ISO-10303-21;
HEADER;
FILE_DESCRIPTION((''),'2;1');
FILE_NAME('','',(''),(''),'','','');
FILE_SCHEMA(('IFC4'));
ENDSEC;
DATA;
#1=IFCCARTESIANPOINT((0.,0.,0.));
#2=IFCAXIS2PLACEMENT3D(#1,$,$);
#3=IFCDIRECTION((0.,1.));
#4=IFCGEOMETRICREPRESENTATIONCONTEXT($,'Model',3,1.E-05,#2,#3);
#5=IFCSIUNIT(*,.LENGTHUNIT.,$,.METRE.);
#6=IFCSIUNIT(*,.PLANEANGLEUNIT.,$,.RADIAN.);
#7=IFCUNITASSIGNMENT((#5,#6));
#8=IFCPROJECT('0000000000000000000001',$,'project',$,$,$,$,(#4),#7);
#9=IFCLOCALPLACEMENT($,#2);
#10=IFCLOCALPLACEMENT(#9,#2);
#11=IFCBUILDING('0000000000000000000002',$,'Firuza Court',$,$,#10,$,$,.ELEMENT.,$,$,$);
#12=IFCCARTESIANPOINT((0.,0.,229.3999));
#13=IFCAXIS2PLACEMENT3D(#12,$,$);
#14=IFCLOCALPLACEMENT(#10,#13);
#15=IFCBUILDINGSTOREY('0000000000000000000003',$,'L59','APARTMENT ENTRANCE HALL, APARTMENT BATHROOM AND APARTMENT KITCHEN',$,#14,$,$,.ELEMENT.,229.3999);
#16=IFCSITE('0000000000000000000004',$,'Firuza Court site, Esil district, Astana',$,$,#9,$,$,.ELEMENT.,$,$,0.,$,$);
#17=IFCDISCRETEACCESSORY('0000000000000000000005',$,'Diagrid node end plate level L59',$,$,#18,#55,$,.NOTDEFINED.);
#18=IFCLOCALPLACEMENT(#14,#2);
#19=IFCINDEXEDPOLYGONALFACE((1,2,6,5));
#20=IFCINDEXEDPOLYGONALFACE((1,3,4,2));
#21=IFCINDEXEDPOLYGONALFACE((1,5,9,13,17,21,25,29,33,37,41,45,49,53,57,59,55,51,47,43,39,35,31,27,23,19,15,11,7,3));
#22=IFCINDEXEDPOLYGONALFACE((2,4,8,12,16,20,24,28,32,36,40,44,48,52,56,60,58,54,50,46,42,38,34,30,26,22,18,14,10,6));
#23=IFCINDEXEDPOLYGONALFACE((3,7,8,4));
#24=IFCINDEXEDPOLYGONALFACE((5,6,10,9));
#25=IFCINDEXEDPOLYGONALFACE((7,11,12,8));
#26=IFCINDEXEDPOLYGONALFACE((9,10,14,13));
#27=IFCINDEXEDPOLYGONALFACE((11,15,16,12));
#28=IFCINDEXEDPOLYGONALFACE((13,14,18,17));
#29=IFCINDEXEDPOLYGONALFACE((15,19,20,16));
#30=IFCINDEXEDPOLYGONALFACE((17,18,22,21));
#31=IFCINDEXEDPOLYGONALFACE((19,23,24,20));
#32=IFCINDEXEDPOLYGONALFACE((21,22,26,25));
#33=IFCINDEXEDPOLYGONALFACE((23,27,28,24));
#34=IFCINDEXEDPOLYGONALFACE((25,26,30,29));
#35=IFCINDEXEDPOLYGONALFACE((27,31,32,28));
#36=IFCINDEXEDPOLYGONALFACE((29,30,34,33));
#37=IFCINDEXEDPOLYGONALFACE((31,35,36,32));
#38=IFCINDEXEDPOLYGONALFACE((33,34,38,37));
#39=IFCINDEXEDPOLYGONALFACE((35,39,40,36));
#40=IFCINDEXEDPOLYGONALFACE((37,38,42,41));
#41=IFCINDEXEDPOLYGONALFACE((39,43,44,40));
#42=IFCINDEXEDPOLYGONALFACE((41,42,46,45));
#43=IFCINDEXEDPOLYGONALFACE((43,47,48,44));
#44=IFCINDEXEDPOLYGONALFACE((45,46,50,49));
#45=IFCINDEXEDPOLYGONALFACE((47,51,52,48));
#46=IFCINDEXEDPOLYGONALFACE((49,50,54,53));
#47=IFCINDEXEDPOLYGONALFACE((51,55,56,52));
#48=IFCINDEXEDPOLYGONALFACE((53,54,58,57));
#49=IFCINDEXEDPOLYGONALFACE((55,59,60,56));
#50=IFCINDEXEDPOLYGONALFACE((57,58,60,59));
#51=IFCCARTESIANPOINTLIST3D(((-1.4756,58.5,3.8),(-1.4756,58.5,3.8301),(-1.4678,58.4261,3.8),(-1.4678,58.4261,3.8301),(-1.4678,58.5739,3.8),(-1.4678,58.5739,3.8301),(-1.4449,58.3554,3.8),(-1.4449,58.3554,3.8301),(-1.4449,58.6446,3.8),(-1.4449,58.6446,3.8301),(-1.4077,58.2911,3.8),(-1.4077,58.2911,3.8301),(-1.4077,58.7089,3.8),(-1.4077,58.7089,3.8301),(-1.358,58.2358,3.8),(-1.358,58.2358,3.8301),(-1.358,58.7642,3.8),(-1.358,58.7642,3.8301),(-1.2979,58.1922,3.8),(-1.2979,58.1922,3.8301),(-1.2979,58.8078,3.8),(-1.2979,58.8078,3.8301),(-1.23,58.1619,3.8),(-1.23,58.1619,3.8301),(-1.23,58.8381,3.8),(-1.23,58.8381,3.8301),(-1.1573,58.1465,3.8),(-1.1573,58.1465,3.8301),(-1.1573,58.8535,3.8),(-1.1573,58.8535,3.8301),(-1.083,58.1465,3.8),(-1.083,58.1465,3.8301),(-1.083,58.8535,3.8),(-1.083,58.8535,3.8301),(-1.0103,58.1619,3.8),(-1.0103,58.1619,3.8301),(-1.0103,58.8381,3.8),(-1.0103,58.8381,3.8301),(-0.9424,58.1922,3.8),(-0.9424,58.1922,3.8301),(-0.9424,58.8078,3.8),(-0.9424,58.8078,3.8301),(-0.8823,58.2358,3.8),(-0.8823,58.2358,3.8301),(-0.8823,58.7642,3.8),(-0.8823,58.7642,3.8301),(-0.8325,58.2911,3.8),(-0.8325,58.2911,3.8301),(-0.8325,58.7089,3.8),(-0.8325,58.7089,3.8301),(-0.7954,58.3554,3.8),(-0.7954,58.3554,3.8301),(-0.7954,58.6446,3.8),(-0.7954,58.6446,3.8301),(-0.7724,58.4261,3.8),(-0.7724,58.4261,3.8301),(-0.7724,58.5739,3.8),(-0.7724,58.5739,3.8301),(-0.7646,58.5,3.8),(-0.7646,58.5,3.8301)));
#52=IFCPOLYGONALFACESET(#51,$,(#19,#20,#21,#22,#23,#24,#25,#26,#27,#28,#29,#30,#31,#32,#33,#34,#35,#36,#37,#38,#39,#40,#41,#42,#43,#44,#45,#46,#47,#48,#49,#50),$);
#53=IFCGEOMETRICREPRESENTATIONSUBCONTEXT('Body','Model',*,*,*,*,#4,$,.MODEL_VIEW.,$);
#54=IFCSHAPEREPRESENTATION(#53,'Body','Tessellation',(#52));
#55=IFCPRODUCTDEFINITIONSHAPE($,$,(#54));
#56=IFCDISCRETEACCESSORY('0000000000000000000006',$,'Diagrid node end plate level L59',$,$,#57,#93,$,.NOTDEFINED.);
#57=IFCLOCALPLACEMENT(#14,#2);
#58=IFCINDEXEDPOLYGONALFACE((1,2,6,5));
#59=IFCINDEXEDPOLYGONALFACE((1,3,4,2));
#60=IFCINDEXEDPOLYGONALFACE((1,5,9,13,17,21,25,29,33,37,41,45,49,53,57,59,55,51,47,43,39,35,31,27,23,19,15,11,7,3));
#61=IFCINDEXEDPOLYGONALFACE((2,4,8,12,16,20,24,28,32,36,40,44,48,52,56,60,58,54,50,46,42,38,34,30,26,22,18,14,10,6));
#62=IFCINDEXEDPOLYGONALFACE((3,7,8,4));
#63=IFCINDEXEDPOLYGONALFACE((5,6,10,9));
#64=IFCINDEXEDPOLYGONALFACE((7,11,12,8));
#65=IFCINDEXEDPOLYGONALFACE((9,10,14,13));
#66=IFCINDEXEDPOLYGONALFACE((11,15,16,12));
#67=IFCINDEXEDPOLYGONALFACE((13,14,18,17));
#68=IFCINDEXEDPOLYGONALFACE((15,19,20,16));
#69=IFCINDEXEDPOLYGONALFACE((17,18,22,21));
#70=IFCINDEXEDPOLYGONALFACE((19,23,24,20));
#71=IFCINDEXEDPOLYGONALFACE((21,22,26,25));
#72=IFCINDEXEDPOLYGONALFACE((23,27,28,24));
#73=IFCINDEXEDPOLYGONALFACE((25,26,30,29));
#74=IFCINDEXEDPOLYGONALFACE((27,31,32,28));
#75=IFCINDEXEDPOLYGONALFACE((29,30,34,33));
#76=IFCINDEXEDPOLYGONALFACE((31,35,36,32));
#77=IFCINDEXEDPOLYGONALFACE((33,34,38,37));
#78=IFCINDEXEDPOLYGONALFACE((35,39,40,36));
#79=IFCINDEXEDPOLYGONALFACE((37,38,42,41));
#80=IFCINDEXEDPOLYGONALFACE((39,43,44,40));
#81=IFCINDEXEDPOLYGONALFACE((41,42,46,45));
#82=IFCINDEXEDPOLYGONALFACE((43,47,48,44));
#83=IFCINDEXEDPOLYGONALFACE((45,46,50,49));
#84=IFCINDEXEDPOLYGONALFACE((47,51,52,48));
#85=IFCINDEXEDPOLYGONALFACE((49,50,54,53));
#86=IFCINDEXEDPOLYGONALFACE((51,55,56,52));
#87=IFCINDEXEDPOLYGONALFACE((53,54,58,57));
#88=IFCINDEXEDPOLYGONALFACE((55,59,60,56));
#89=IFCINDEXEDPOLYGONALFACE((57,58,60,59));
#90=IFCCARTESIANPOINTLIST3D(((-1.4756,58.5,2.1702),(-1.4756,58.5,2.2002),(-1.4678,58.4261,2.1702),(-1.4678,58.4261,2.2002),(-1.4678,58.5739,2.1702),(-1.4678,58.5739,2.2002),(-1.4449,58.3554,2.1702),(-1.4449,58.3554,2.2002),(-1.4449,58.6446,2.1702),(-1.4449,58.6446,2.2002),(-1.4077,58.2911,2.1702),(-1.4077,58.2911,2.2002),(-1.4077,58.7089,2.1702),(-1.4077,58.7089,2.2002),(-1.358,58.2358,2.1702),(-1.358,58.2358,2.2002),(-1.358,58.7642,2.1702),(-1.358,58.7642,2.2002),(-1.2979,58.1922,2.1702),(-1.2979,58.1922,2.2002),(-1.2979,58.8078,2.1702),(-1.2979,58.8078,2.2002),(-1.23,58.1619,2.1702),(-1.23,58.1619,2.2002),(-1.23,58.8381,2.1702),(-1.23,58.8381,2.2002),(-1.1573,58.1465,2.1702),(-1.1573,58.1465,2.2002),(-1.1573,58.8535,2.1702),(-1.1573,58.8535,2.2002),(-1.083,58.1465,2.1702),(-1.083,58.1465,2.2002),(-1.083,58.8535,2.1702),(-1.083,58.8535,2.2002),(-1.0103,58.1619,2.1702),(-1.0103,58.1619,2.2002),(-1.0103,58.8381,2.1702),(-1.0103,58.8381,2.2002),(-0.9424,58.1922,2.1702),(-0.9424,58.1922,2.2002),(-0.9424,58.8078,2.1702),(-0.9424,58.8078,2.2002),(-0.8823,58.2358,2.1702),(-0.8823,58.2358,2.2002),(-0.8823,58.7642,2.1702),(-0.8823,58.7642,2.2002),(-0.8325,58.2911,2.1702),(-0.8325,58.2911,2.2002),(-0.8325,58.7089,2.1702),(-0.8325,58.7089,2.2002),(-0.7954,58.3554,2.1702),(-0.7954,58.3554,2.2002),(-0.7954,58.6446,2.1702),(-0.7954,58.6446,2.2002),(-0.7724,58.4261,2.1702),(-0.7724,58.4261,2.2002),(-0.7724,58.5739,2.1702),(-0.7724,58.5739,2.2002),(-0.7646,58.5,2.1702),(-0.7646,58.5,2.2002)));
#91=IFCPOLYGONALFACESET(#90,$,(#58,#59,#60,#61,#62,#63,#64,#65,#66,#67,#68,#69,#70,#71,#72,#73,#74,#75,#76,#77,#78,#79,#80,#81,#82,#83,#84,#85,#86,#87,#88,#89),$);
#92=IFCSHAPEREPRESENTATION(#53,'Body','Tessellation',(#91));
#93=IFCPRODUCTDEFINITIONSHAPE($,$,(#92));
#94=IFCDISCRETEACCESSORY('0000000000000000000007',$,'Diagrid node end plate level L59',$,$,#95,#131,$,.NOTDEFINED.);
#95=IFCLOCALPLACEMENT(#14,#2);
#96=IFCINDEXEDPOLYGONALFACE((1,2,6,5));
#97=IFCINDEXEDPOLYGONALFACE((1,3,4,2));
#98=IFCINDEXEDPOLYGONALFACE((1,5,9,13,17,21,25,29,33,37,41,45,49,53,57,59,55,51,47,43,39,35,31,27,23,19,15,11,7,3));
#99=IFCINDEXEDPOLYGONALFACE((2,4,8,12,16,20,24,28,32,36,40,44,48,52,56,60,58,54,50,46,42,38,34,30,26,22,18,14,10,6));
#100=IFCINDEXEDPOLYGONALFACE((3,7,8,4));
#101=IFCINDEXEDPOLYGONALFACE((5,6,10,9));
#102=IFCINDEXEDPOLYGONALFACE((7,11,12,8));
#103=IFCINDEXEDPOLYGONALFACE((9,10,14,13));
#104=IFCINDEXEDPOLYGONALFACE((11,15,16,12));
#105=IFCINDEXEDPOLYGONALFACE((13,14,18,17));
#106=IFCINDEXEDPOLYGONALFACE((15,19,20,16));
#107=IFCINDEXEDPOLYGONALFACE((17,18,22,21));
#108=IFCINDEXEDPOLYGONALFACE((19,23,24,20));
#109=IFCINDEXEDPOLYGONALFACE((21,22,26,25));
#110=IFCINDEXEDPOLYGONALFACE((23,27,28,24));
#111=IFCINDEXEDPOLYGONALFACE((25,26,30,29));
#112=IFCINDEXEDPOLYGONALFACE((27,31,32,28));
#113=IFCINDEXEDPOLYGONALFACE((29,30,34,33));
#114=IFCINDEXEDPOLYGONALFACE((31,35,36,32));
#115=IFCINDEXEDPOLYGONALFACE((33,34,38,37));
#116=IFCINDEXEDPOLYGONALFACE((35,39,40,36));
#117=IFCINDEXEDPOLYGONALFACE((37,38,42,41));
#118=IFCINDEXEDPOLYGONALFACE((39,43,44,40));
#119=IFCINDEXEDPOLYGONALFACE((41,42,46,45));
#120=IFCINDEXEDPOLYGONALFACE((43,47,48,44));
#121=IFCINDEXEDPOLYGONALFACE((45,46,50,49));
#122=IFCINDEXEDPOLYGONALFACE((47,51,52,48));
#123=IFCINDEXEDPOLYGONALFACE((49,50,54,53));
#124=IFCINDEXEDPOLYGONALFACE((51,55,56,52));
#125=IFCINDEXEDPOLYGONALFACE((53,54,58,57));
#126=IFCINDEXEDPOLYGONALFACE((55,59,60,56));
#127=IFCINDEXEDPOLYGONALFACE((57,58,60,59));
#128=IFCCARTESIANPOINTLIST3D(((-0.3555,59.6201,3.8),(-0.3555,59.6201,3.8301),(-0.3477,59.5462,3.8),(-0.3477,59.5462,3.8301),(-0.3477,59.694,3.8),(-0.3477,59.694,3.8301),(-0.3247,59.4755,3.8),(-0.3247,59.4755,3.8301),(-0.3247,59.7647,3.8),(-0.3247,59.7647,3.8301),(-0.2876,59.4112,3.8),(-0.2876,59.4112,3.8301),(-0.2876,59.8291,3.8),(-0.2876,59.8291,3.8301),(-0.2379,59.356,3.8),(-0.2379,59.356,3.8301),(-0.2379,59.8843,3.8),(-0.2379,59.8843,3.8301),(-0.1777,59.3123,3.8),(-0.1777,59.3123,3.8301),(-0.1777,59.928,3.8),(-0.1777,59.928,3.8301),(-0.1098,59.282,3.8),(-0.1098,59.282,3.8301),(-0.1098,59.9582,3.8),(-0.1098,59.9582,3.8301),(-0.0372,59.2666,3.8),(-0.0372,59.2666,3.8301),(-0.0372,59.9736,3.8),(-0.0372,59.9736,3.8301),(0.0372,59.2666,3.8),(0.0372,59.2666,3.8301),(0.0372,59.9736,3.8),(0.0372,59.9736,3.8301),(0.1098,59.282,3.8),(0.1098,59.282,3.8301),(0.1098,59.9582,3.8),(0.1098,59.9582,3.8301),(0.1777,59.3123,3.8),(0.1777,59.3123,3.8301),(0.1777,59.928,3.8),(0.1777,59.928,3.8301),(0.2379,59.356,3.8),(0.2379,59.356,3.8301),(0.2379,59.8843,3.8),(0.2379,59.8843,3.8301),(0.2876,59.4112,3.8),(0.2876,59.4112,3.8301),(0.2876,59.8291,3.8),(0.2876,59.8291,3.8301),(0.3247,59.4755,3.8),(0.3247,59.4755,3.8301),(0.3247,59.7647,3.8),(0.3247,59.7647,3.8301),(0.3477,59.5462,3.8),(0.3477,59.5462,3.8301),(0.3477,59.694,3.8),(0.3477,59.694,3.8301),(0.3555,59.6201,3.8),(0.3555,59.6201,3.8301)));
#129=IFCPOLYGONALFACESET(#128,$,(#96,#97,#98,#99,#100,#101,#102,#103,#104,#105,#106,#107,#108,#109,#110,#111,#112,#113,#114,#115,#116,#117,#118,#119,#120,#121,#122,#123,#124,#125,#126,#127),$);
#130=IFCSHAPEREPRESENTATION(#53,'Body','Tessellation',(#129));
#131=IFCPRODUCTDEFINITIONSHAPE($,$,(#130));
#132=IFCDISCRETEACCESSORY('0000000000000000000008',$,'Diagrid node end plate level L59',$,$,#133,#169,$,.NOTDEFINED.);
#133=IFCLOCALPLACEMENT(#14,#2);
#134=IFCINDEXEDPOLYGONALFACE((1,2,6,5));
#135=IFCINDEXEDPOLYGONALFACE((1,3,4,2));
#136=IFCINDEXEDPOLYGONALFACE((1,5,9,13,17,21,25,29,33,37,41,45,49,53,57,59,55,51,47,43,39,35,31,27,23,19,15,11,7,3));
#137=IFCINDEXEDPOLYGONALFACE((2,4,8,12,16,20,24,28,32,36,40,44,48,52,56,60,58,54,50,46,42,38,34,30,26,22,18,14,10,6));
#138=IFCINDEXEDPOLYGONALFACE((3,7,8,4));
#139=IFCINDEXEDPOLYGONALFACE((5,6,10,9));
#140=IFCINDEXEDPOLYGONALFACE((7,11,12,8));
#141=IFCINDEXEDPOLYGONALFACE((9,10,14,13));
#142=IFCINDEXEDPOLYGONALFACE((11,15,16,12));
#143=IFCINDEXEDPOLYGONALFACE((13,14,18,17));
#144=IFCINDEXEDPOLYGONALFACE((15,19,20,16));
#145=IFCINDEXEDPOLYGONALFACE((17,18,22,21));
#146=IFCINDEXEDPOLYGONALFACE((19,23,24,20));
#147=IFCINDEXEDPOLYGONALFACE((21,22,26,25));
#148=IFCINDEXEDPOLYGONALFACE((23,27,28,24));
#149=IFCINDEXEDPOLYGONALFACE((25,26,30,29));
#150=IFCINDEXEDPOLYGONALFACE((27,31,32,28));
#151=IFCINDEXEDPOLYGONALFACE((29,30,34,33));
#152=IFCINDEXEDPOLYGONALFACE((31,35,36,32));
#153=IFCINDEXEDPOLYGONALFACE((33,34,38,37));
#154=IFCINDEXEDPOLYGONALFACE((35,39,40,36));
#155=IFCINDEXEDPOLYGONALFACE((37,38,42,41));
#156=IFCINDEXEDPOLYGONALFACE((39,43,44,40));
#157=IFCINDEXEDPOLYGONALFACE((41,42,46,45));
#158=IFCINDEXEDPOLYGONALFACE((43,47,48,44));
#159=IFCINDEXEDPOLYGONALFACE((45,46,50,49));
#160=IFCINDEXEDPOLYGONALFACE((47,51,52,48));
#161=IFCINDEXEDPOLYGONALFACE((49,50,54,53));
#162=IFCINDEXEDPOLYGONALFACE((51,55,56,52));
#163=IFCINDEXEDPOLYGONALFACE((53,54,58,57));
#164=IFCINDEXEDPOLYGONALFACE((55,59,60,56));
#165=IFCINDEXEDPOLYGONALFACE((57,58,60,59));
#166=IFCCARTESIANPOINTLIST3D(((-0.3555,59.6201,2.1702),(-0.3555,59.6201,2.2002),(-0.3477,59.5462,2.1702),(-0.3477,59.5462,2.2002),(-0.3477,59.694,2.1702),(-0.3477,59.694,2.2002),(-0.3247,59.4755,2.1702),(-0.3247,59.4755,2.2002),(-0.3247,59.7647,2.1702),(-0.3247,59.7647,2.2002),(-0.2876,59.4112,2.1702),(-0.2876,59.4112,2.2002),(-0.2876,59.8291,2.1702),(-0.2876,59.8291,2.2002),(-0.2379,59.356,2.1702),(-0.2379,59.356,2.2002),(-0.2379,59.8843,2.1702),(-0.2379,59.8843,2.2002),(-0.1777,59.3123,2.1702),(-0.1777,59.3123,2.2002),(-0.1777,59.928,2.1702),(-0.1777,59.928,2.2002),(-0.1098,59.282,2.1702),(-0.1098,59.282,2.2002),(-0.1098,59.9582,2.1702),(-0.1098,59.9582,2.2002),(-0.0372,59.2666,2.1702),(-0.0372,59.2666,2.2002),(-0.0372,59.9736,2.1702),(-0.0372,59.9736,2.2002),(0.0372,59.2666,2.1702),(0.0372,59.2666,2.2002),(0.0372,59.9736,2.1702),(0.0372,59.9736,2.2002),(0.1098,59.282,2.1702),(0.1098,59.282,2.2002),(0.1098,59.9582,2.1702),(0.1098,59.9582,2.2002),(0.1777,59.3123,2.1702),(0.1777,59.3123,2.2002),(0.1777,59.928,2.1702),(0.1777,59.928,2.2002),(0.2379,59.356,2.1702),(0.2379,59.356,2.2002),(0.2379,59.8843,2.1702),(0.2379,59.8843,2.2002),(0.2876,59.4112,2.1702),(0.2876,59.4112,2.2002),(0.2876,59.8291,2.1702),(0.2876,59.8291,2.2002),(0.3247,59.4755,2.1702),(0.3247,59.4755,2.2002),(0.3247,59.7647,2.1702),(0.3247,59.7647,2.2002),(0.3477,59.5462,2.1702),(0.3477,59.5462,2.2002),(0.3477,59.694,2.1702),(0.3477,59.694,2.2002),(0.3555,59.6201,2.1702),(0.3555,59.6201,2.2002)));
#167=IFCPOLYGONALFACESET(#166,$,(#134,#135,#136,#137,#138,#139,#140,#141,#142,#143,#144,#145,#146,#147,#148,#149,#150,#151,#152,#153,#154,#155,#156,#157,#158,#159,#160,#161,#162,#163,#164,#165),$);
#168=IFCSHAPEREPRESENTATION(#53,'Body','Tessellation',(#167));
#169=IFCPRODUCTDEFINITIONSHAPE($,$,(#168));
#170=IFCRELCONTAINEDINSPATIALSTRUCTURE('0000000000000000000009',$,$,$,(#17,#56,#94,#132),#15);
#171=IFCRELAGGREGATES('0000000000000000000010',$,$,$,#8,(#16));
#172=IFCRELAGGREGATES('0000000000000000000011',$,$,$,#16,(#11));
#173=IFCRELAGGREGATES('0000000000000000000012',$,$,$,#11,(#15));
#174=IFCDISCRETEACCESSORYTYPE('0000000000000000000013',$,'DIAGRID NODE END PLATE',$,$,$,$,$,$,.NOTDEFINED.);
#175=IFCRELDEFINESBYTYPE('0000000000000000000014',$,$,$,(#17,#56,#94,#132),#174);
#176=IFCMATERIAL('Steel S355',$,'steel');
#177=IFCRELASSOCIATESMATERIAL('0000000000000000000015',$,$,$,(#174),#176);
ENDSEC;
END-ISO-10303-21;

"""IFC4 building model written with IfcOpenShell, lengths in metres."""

from ifc_helpers import new_model, si_unit, direction, frame, origin, origin_2d, place, context, subcontext, project, spatial, circle, extrude, material, material_profile, profile_set, type_object, element, save


model = new_model("IFC4")

# Units and contexts
model_context = context("Model", 3, precision=1e-05, world=origin(), true_north=direction((0.0, 1.0)))
body_context = subcontext(model_context, "Body", "Model", "MODEL_VIEW")
ifc_project = project(units=[si_unit("LENGTHUNIT", "METRE"), si_unit("PLANEANGLEUNIT", "RADIAN")], contexts=[model_context])

# Site, building, storey
site_placement = place(None, origin())
site = spatial("IfcSite", under=ifc_project, at=site_placement, Name="Firuza Court site, Esil district, Astana", CompositionType="ELEMENT", RefElevation=0.0)
building_placement = place(site_placement, origin())
building = spatial("IfcBuilding", under=site, at=building_placement, Name="Firuza Court", CompositionType="ELEMENT")
storey_placement = place(building_placement, frame((0.0, 0.0, 229.3999)))
storey = spatial("IfcBuildingStorey", under=building, at=storey_placement, Name="L59", Description="APARTMENT ENTRANCE HALL, APARTMENT BATHROOM AND APARTMENT KITCHEN", CompositionType="ELEMENT", Elevation=229.3999)

# Discrete accessories
ifc_material_1 = material(Name="Steel S355", Category="steel")
ifc_material_profile_1 = material_profile(ifc_material_1, circle(Radius=0.3555, at=origin_2d()), Name="PL D711")
ifc_profile_set_1 = profile_set([ifc_material_profile_1], Name="Steel S355")
discrete_accessory_type = type_object("IfcDiscreteAccessoryType", Name="DIAGRID NODE END PLATE", PredefinedType="NOTDEFINED", material=ifc_profile_set_1)
for number, where, z_axis, x_axis, name in (
    (1, (-1.1201, 58.5, 3.8), (0.0, 0.0, 1.0), (1.0, 0.0, 0.0), "Diagrid node end plate level L59"),
    (2, (-1.1201, 58.5, 2.1702), (0.0, 0.0, 1.0), (1.0, 0.0, 0.0), "Diagrid node end plate level L59"),
    (3, (0.0, 59.6201, 3.8), (0.0, 0.0, 1.0), (1.0, 0.0, 0.0), "Diagrid node end plate level L59"),
    (4, (0.0, 59.6201, 2.1702), (0.0, 0.0, 1.0), (1.0, 0.0, 0.0), "Diagrid node end plate level L59"),
):
    element("IfcDiscreteAccessory", number, at=place(storey_placement, frame(where, z_axis=z_axis, x_axis=x_axis)), inside=storey, type_object=discrete_accessory_type, Name=name, PredefinedType="NOTDEFINED", context=body_context, shape_type="SweptSolid", body=[
        extrude(circle(Radius=0.3555, at=origin_2d()), origin(), (0.0, 0.0, 1.0), 0.03),
    ])

save(model, "model.ifc")
